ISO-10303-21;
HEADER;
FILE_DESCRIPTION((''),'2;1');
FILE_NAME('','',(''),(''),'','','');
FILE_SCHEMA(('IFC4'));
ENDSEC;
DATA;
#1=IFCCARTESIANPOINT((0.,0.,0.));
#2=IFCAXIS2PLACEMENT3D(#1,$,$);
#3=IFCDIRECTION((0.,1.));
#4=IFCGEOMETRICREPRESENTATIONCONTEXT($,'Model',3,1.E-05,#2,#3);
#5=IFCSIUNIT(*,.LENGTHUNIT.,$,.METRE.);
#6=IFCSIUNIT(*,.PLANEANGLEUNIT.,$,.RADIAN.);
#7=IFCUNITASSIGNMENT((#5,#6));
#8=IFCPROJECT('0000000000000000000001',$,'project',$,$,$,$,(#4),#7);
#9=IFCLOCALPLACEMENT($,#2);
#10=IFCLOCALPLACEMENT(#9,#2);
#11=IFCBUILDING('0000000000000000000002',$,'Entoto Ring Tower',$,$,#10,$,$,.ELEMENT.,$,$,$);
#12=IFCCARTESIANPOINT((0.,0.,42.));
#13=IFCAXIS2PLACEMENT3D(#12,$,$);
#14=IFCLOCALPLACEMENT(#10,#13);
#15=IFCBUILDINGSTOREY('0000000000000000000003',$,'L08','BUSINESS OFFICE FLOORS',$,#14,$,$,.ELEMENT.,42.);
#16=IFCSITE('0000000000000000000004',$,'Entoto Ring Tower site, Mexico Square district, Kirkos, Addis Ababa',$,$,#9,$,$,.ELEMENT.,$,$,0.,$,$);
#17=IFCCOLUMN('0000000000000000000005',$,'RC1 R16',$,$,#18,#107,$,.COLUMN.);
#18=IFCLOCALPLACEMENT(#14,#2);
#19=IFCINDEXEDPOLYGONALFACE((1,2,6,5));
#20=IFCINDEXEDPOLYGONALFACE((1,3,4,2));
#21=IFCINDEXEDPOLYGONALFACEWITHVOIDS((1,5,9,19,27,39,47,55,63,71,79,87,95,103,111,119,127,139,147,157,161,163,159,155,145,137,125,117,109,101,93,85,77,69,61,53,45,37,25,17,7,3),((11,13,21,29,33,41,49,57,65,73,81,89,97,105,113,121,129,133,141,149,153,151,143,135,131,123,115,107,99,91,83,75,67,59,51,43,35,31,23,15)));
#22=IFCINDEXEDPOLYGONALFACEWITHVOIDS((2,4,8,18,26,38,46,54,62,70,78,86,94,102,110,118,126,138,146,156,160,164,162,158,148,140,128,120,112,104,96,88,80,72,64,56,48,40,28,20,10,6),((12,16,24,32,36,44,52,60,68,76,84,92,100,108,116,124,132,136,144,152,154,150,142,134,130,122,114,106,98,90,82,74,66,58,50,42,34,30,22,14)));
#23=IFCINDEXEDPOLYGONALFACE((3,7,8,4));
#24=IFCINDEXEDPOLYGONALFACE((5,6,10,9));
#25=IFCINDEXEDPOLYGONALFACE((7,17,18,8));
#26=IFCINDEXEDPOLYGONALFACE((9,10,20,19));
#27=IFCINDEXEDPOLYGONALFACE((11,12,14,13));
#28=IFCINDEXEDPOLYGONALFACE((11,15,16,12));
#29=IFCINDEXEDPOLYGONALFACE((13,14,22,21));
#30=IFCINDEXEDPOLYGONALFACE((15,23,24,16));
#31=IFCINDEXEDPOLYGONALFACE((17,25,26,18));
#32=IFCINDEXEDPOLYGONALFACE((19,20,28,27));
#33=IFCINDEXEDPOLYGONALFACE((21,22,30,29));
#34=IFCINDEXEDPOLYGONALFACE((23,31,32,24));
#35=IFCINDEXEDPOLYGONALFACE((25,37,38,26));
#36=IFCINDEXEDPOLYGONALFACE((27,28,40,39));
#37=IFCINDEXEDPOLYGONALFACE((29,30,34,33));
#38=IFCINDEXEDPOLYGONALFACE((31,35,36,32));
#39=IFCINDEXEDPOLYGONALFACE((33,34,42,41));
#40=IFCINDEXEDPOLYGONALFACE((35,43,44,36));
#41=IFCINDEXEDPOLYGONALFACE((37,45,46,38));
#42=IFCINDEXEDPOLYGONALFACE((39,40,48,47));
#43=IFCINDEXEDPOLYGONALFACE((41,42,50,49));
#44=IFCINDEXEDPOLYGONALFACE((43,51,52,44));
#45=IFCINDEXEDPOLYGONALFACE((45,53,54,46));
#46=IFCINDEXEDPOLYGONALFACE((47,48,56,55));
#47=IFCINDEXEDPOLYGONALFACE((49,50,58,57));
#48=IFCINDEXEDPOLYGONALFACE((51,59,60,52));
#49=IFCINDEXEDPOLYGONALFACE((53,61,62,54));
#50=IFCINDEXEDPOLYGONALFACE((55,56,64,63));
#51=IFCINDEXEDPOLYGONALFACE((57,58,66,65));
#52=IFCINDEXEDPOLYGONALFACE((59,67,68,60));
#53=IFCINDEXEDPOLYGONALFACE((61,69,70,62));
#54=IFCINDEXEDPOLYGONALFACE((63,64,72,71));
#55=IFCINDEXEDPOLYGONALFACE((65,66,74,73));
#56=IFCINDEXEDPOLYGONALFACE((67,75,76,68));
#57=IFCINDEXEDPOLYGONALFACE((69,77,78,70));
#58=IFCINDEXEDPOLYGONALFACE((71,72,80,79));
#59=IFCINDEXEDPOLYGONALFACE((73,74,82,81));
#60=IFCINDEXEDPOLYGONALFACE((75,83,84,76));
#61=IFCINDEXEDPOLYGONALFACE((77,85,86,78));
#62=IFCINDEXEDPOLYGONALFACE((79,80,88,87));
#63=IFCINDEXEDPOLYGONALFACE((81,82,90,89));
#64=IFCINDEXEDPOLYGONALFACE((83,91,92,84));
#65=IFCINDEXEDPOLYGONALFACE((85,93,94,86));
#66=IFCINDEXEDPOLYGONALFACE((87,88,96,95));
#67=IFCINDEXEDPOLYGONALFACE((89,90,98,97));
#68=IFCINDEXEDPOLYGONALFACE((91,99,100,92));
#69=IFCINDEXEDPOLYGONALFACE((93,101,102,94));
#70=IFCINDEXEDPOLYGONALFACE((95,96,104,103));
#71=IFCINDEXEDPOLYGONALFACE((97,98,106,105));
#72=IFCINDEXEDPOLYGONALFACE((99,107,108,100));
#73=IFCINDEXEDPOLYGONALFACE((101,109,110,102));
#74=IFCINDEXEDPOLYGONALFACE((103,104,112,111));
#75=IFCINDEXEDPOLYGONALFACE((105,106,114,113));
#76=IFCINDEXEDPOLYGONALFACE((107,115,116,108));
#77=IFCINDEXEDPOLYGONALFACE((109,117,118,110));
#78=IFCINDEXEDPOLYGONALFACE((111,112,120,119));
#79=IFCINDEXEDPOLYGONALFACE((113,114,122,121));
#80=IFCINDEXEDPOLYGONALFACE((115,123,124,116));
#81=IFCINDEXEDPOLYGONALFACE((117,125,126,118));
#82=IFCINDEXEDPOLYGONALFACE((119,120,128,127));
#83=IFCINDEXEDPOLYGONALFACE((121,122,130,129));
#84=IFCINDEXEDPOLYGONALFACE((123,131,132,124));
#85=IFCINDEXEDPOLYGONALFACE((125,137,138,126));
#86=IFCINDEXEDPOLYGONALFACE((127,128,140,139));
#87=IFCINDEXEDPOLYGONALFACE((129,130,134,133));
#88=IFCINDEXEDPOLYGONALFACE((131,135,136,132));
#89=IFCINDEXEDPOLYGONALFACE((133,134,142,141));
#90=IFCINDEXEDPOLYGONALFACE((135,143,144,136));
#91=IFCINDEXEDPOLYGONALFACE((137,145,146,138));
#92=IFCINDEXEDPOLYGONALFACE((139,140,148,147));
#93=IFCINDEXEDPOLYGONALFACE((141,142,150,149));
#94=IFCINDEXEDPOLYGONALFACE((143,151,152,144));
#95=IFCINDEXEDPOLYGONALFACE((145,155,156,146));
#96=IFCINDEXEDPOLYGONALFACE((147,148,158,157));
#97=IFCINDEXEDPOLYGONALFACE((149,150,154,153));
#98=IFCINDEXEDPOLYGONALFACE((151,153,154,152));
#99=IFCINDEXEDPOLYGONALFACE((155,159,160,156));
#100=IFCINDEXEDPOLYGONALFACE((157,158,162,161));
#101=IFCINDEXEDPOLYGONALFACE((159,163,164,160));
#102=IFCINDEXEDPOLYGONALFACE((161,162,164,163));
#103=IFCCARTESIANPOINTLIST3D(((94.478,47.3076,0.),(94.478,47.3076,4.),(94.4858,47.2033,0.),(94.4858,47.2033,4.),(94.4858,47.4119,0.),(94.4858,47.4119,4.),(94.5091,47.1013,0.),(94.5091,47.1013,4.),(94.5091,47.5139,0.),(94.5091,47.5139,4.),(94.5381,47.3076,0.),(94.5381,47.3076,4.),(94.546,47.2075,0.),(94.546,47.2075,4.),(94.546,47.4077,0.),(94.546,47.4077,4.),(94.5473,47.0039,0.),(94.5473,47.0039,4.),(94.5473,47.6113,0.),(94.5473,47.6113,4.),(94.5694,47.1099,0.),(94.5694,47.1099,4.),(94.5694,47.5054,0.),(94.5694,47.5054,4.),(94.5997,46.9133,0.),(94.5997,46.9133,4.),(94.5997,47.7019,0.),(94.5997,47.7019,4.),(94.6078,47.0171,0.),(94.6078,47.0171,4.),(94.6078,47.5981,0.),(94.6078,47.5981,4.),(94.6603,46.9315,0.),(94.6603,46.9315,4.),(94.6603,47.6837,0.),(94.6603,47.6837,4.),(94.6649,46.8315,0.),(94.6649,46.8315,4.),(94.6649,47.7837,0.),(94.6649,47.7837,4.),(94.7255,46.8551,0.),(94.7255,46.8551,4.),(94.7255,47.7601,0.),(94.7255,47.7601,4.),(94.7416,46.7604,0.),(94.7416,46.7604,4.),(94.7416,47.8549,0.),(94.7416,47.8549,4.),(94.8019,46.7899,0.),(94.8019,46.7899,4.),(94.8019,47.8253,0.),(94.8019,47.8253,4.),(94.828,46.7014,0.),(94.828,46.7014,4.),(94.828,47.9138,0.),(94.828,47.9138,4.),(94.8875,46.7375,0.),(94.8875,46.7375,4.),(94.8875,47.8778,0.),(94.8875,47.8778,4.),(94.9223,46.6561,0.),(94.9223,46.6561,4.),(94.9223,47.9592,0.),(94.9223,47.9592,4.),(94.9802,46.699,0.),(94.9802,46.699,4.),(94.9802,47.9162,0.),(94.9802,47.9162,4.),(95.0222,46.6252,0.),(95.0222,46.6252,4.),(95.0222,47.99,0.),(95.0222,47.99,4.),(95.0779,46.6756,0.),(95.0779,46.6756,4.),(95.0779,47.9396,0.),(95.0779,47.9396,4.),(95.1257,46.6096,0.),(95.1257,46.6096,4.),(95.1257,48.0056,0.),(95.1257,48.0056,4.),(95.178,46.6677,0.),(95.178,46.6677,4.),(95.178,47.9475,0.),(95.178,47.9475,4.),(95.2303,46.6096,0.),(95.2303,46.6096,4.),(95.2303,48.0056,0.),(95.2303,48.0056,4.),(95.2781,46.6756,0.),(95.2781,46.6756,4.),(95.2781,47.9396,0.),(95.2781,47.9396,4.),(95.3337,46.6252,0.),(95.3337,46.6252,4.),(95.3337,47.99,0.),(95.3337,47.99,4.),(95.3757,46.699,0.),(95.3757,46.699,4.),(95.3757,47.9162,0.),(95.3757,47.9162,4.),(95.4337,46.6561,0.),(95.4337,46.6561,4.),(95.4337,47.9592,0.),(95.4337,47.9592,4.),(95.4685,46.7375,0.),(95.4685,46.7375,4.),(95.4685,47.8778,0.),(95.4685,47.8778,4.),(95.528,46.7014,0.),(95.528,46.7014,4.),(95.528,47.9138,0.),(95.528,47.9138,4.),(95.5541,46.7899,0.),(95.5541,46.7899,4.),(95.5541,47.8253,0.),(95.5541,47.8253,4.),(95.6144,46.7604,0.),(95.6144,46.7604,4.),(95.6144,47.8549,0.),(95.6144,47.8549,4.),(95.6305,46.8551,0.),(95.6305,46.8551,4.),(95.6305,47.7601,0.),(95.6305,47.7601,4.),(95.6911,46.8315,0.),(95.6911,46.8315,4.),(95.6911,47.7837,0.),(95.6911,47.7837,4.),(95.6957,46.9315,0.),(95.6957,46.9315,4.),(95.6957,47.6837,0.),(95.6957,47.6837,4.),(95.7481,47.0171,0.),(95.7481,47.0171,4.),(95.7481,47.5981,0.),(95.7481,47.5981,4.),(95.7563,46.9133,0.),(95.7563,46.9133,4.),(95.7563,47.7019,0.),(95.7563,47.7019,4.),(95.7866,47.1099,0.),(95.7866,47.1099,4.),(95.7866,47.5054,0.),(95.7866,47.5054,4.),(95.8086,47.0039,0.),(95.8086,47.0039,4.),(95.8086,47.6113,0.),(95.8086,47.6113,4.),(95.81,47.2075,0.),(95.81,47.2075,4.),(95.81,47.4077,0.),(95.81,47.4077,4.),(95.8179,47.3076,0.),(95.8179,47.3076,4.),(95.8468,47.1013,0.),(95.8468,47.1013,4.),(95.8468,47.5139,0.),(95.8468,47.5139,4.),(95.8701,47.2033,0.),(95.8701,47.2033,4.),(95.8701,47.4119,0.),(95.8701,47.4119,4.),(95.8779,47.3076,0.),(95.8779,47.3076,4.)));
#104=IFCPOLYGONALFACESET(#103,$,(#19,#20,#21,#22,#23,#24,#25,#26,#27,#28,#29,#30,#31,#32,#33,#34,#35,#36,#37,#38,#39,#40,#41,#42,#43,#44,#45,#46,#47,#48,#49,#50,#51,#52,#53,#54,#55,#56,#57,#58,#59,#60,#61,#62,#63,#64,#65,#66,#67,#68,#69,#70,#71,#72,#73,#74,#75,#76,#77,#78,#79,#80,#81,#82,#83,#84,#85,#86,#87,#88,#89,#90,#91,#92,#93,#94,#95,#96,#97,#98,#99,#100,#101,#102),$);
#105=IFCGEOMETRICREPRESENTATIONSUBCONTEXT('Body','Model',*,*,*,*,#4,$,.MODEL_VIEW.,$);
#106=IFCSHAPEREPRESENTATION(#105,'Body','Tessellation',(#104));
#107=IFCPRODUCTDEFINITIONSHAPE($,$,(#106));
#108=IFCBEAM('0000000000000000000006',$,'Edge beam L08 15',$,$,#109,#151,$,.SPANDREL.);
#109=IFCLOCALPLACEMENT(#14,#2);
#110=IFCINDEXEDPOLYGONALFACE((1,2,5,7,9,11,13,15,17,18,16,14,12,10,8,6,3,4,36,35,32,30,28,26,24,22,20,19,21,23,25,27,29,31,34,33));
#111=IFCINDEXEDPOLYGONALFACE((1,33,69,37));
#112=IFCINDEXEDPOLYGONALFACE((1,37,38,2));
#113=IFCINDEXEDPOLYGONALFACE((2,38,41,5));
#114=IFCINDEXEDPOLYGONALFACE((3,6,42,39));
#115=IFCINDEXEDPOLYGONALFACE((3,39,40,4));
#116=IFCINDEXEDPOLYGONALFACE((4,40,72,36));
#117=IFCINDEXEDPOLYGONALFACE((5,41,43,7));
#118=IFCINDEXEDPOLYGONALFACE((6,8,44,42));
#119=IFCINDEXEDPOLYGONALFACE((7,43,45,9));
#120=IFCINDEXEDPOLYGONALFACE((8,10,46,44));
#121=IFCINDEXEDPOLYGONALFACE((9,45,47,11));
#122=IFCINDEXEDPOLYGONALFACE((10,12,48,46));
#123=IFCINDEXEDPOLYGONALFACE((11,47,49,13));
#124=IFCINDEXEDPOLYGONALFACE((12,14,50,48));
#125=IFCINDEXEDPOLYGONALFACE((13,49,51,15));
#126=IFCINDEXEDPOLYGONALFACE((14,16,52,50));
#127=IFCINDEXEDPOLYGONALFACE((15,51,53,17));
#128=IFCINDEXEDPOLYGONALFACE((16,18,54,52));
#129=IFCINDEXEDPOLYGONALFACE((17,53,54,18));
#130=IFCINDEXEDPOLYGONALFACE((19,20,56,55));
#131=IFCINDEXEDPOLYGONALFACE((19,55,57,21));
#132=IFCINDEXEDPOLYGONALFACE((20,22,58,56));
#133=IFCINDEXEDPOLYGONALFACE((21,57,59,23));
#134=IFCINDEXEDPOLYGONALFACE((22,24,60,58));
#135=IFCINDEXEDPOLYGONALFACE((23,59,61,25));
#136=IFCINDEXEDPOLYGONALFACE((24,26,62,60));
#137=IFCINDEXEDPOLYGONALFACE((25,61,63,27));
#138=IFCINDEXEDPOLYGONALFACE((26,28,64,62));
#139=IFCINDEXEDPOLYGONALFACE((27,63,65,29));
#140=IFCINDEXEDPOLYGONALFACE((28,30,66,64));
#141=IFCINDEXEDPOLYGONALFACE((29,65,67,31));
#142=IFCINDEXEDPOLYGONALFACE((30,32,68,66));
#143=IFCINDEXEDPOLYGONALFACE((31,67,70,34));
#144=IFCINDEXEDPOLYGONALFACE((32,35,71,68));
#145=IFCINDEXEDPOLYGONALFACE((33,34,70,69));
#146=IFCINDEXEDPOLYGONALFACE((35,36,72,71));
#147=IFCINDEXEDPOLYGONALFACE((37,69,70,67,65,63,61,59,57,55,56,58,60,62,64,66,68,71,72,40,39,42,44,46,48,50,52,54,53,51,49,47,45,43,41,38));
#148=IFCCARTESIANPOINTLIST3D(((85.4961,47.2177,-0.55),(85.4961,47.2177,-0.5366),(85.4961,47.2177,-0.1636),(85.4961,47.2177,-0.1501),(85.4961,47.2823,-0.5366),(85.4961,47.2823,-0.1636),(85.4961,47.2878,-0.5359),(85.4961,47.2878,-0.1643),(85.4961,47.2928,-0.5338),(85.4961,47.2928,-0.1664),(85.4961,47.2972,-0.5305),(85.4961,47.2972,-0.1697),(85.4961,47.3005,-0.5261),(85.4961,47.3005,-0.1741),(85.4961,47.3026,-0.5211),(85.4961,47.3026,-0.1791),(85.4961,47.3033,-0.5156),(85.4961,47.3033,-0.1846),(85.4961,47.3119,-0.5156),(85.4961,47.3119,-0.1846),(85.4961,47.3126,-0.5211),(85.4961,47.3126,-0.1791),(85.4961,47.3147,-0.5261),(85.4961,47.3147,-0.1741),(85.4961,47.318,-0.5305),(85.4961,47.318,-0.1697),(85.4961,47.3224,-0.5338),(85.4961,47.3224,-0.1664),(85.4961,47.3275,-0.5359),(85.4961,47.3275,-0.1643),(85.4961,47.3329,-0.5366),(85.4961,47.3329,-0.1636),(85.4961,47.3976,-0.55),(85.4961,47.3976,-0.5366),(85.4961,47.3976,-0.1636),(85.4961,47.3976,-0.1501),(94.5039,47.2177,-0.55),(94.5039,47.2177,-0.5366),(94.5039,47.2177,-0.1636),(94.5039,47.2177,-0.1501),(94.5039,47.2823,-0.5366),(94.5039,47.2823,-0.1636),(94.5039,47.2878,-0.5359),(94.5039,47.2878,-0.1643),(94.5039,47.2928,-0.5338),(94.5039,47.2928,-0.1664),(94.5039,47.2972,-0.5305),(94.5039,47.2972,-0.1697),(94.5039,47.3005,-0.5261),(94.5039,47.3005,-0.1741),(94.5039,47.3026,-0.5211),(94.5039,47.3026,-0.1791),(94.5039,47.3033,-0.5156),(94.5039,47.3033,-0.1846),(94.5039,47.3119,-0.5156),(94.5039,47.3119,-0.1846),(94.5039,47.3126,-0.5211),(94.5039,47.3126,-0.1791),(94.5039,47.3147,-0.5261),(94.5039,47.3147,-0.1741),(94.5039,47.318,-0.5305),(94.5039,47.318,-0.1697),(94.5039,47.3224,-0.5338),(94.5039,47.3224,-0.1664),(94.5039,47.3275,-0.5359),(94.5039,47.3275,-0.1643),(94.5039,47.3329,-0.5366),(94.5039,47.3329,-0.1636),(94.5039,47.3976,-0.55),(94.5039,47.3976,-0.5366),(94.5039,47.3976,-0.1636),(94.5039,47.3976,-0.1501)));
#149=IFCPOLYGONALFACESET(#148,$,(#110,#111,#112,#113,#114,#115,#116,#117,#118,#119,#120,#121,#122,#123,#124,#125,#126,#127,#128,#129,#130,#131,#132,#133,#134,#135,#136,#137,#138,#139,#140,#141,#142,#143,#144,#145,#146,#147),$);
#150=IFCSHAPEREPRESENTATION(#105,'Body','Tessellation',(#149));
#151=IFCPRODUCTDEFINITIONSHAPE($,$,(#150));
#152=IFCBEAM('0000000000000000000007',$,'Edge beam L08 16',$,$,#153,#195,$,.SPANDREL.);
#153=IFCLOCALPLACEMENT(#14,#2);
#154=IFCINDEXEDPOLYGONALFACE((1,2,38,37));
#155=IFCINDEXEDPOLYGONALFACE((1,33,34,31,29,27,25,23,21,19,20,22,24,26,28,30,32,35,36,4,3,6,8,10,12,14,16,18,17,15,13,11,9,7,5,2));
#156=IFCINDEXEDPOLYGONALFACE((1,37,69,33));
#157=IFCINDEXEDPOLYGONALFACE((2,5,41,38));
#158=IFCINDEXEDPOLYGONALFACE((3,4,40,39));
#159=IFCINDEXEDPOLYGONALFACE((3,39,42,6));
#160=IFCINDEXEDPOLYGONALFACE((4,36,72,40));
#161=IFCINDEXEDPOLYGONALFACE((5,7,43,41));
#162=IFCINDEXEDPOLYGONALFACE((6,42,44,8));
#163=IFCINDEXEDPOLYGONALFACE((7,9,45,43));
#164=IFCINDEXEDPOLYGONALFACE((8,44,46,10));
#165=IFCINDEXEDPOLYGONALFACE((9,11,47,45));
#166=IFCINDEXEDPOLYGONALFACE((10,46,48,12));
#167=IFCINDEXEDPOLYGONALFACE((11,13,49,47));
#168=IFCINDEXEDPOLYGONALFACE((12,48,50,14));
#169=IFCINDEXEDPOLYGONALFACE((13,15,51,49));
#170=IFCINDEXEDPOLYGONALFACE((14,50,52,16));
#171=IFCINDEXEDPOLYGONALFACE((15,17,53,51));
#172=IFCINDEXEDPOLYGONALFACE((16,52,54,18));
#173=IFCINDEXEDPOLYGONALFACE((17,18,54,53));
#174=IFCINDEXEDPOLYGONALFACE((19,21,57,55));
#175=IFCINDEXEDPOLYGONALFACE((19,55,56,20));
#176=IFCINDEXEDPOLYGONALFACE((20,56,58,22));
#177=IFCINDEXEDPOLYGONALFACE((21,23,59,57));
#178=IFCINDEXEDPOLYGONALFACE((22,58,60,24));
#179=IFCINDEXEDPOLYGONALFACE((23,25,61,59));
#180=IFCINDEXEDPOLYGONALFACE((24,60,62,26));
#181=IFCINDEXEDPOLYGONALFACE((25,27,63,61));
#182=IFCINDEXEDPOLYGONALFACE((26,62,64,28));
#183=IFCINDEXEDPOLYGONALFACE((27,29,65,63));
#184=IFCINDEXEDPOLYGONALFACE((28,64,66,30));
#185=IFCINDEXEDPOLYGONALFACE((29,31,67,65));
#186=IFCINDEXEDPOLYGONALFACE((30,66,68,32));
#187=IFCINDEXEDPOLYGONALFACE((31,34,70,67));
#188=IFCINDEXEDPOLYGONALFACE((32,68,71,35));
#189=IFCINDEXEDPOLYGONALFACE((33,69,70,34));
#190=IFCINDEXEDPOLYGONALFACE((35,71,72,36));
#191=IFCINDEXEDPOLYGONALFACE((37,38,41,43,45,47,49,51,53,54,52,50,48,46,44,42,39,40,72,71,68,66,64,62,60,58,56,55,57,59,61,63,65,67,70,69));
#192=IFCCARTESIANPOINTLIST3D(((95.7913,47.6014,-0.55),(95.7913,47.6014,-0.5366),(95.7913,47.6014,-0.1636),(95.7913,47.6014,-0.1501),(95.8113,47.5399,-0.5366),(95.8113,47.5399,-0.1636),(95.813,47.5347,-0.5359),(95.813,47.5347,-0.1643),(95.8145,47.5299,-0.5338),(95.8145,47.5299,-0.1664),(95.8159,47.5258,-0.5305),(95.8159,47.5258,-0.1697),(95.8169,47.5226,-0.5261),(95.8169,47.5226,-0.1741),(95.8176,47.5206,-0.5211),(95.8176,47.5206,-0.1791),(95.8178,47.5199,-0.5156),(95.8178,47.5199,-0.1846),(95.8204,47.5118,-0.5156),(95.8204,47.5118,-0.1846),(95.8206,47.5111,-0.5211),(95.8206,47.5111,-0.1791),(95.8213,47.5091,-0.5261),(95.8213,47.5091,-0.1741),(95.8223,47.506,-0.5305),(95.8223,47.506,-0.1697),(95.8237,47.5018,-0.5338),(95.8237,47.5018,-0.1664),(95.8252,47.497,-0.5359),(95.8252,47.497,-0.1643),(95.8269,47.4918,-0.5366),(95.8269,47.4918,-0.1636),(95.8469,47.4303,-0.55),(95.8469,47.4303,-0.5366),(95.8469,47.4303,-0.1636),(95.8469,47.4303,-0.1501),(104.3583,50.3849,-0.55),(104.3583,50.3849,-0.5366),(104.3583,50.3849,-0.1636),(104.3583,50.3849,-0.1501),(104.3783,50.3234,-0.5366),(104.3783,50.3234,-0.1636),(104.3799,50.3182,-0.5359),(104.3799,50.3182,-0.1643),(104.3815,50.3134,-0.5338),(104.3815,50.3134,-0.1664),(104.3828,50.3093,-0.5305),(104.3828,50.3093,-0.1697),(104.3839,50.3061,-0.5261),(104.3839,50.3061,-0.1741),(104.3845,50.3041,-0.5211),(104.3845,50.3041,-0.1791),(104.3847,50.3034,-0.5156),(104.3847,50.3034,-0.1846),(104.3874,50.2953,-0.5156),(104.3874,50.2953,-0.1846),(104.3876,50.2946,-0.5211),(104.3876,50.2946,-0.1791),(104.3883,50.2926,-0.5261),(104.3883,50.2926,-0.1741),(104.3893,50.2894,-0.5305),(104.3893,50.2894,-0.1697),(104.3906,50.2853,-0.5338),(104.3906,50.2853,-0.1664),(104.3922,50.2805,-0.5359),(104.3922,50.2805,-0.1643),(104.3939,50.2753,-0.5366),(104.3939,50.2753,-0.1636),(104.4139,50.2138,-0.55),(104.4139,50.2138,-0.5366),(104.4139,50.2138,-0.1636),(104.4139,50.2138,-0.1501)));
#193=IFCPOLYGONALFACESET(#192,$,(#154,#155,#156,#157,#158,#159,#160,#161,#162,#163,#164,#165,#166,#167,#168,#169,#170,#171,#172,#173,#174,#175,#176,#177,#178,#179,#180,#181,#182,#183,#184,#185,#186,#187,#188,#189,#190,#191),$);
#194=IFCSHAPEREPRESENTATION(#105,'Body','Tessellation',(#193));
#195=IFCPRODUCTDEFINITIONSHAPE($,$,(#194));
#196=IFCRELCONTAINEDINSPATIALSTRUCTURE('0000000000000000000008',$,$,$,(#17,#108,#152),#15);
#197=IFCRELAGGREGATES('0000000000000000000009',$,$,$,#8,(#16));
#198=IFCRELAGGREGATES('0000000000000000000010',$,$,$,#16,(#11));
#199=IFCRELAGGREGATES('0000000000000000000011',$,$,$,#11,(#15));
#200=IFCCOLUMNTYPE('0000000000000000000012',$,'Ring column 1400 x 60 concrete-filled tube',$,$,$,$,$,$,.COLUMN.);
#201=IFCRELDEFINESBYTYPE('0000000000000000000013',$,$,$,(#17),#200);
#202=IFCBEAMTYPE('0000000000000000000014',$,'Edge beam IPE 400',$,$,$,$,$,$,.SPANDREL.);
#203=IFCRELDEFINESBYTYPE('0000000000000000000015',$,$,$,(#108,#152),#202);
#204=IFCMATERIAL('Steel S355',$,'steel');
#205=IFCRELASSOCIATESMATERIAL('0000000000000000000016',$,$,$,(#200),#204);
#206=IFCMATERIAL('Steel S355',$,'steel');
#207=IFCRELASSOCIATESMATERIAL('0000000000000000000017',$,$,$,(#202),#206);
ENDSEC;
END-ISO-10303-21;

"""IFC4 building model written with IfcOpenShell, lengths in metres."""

from ifc_helpers import new_model, si_unit, direction, frame, origin, origin_2d, place, context, subcontext, project, spatial, circle, hollow_circle, i_section, extrude, material, material_profile, profile_set, type_object, element, save


model = new_model("IFC4")

# Units and contexts
model_context = context("Model", 3, precision=1e-05, world=origin(), true_north=direction((0.0, 1.0)))
body_context = subcontext(model_context, "Body", "Model", "MODEL_VIEW")
ifc_project = project(units=[si_unit("LENGTHUNIT", "METRE"), si_unit("PLANEANGLEUNIT", "RADIAN")], contexts=[model_context])

# Site, building, storey
site_placement = place(None, origin())
site = spatial("IfcSite", under=ifc_project, at=site_placement, Name="Entoto Ring Tower site, Mexico Square district, Kirkos, Addis Ababa", CompositionType="ELEMENT", RefElevation=0.0)
building_placement = place(site_placement, origin())
building = spatial("IfcBuilding", under=site, at=building_placement, Name="Entoto Ring Tower", CompositionType="ELEMENT")
storey_placement = place(building_placement, frame((0.0, 0.0, 42.0)))
storey = spatial("IfcBuildingStorey", under=building, at=storey_placement, Name="L08", Description="BUSINESS OFFICE FLOORS", CompositionType="ELEMENT", Elevation=42.0)

# Column
ifc_material_1 = material(Name="Steel S355", Category="steel")
ifc_material_profile_1 = material_profile(ifc_material_1, hollow_circle(Radius=0.7, WallThickness=0.0601, at=origin_2d()), Name="CHS 1400 x 60")
ifc_material_2 = material(Name="Concrete C60/75", Category="concrete")
ifc_material_profile_2 = material_profile(ifc_material_2, circle(Radius=0.6399, at=origin_2d()), Name="Concrete C60/75 infill")
ifc_profile_set_1 = profile_set([ifc_material_profile_1, ifc_material_profile_2], Name="Steel S355")
column_type = type_object("IfcColumnType", Name="Ring column 1400 x 60 concrete-filled tube", PredefinedType="COLUMN", material=ifc_profile_set_1)
column_placement = place(storey_placement, frame((95.178, 47.3076, 0.0), z_axis=(0.0, 0.0, 1.0), x_axis=(1.0, 0.0, 0.0)))
element("IfcColumn", 1, at=column_placement, inside=storey, type_object=column_type, Name="RC1 R16", PredefinedType="COLUMN", context=body_context, shape_type="SweptSolid", body=[
    extrude(hollow_circle(Radius=0.7, WallThickness=0.0601, at=origin_2d()), origin(), (0.0, 0.0, 1.0), 4.0),
])

# Beams
ifc_material_3 = material(Name="Steel S355", Category="steel")
ifc_material_profile_3 = material_profile(ifc_material_3, i_section(OverallWidth=0.1799, OverallDepth=0.3999, WebThickness=0.0085, FlangeThickness=0.0134, FilletRadius=0.021, at=origin_2d()), Name="IPE 400")
ifc_profile_set_2 = profile_set([ifc_material_profile_3], Name="Steel S355")
beam_type_1 = type_object("IfcBeamType", Name="Edge beam IPE 400", PredefinedType="SPANDREL", material=ifc_profile_set_2)
for number, where, z_axis, x_axis, name in (
    (2, (85.4961, 47.3076, -0.3501), (1.0, 0.0, 0.0), (0.0, 1.0, 0.0), "Edge beam L08 15"),
    (3, (95.8191, 47.5159, -0.3501), (0.95106, 0.309006, 0.0), (-0.309006, 0.95106, 0.0), "Edge beam L08 16"),
):
    element("IfcBeam", number, at=place(storey_placement, frame(where, z_axis=z_axis, x_axis=x_axis)), inside=storey, type_object=beam_type_1, Name=name, PredefinedType="SPANDREL", context=body_context, shape_type="SweptSolid", body=[
        extrude(i_section(OverallWidth=0.1799, OverallDepth=0.3999, WebThickness=0.0085, FlangeThickness=0.0134, FilletRadius=0.021, at=origin_2d()), origin(), (0.0, 0.0, 1.0), 9.0078),
    ])

save(model, "model.ifc")
